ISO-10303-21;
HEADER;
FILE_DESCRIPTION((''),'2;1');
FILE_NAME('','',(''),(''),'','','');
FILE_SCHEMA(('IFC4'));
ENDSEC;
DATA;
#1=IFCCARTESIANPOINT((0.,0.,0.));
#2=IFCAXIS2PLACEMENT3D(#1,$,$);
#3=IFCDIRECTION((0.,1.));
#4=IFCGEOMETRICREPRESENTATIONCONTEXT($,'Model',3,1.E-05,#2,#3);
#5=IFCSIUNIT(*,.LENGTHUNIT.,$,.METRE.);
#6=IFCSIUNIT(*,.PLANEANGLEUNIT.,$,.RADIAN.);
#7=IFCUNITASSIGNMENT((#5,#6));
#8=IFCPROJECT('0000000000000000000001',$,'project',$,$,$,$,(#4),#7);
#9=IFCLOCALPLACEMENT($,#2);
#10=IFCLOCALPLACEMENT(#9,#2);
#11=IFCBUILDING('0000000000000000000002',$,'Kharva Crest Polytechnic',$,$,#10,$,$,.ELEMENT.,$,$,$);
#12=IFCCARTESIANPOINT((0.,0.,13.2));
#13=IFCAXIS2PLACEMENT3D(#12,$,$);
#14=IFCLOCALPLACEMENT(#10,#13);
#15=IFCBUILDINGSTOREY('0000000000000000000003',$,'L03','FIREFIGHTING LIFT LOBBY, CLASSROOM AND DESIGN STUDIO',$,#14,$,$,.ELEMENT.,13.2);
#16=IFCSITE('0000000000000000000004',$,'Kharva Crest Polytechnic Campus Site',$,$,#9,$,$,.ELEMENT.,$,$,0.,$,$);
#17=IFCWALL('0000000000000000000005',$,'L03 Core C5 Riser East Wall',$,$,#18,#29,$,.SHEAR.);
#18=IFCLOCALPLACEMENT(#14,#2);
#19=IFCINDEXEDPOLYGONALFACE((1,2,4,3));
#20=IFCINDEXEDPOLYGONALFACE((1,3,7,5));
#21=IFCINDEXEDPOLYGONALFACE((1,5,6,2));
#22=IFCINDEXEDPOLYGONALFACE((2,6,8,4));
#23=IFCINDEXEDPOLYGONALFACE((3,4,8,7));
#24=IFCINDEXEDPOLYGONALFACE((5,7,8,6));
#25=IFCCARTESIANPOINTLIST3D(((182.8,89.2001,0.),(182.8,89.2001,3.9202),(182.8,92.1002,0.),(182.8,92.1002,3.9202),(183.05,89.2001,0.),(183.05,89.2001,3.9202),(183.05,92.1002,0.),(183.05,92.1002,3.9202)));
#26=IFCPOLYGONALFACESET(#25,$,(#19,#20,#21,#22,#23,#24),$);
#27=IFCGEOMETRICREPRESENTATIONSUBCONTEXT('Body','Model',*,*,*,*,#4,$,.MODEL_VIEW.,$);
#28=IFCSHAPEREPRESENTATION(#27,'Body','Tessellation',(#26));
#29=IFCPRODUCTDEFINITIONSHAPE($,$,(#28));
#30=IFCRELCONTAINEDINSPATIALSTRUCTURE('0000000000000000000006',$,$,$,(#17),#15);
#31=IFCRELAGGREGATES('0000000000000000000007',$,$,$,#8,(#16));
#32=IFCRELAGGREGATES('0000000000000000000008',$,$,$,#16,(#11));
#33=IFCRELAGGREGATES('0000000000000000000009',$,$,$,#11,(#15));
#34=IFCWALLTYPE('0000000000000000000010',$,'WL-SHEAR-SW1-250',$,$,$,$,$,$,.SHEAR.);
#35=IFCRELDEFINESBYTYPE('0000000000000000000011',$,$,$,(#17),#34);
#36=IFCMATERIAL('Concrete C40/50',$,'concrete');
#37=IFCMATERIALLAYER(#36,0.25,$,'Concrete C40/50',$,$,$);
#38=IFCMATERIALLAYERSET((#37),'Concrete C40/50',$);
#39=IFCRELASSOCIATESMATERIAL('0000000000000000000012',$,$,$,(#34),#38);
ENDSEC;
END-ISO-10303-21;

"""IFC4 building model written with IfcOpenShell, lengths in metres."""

from ifc_helpers import new_model, si_unit, direction, frame, frame_2d, origin, place, context, subcontext, project, spatial, rectangle, extrude, material, layer, layer_set, type_object, element, save


model = new_model("IFC4")

# Units and contexts
model_context = context("Model", 3, precision=1e-05, world=origin(), true_north=direction((0.0, 1.0)))
body_context = subcontext(model_context, "Body", "Model", "MODEL_VIEW")
ifc_project = project(units=[si_unit("LENGTHUNIT", "METRE"), si_unit("PLANEANGLEUNIT", "RADIAN")], contexts=[model_context])

# Site, building, storey
site_placement = place(None, origin())
site = spatial("IfcSite", under=ifc_project, at=site_placement, Name="Kharva Crest Polytechnic Campus Site", CompositionType="ELEMENT", RefElevation=0.0)
building_placement = place(site_placement, origin())
building = spatial("IfcBuilding", under=site, at=building_placement, Name="Kharva Crest Polytechnic", CompositionType="ELEMENT")
storey_placement = place(building_placement, frame((0.0, 0.0, 13.2)))
storey = spatial("IfcBuildingStorey", under=building, at=storey_placement, Name="L03", Description="FIREFIGHTING LIFT LOBBY, CLASSROOM AND DESIGN STUDIO", CompositionType="ELEMENT", Elevation=13.2)

# Shared definitions
ifc_material_1 = material(Name="Concrete C40/50", Category="concrete")

# Wall
ifc_layer_1 = layer(ifc_material_1, 0.25, Name="Concrete C40/50")
ifc_layer_set_1 = layer_set([ifc_layer_1], Name="Concrete C40/50")
wall_type_1 = type_object("IfcWallType", Name="WL-SHEAR-SW1-250", PredefinedType="SHEAR", material=ifc_layer_set_1)
wall_1_placement = place(storey_placement, frame((182.925, 89.2, 0.0), z_axis=(0.0, 0.0, 1.0), x_axis=(0.0, 1.0, 0.0)))
element("IfcWall", 1, at=wall_1_placement, inside=storey, type_object=wall_type_1, Name="L03 Core C5 Riser East Wall", PredefinedType="SHEAR", context=body_context, shape_type="SweptSolid", body=[
    extrude(rectangle(XDim=2.9001, YDim=0.25, at=frame_2d((1.4502, 0.0))), origin(), (0.0, 0.0, 1.0), 3.9202),
])

save(model, "model.ifc")
